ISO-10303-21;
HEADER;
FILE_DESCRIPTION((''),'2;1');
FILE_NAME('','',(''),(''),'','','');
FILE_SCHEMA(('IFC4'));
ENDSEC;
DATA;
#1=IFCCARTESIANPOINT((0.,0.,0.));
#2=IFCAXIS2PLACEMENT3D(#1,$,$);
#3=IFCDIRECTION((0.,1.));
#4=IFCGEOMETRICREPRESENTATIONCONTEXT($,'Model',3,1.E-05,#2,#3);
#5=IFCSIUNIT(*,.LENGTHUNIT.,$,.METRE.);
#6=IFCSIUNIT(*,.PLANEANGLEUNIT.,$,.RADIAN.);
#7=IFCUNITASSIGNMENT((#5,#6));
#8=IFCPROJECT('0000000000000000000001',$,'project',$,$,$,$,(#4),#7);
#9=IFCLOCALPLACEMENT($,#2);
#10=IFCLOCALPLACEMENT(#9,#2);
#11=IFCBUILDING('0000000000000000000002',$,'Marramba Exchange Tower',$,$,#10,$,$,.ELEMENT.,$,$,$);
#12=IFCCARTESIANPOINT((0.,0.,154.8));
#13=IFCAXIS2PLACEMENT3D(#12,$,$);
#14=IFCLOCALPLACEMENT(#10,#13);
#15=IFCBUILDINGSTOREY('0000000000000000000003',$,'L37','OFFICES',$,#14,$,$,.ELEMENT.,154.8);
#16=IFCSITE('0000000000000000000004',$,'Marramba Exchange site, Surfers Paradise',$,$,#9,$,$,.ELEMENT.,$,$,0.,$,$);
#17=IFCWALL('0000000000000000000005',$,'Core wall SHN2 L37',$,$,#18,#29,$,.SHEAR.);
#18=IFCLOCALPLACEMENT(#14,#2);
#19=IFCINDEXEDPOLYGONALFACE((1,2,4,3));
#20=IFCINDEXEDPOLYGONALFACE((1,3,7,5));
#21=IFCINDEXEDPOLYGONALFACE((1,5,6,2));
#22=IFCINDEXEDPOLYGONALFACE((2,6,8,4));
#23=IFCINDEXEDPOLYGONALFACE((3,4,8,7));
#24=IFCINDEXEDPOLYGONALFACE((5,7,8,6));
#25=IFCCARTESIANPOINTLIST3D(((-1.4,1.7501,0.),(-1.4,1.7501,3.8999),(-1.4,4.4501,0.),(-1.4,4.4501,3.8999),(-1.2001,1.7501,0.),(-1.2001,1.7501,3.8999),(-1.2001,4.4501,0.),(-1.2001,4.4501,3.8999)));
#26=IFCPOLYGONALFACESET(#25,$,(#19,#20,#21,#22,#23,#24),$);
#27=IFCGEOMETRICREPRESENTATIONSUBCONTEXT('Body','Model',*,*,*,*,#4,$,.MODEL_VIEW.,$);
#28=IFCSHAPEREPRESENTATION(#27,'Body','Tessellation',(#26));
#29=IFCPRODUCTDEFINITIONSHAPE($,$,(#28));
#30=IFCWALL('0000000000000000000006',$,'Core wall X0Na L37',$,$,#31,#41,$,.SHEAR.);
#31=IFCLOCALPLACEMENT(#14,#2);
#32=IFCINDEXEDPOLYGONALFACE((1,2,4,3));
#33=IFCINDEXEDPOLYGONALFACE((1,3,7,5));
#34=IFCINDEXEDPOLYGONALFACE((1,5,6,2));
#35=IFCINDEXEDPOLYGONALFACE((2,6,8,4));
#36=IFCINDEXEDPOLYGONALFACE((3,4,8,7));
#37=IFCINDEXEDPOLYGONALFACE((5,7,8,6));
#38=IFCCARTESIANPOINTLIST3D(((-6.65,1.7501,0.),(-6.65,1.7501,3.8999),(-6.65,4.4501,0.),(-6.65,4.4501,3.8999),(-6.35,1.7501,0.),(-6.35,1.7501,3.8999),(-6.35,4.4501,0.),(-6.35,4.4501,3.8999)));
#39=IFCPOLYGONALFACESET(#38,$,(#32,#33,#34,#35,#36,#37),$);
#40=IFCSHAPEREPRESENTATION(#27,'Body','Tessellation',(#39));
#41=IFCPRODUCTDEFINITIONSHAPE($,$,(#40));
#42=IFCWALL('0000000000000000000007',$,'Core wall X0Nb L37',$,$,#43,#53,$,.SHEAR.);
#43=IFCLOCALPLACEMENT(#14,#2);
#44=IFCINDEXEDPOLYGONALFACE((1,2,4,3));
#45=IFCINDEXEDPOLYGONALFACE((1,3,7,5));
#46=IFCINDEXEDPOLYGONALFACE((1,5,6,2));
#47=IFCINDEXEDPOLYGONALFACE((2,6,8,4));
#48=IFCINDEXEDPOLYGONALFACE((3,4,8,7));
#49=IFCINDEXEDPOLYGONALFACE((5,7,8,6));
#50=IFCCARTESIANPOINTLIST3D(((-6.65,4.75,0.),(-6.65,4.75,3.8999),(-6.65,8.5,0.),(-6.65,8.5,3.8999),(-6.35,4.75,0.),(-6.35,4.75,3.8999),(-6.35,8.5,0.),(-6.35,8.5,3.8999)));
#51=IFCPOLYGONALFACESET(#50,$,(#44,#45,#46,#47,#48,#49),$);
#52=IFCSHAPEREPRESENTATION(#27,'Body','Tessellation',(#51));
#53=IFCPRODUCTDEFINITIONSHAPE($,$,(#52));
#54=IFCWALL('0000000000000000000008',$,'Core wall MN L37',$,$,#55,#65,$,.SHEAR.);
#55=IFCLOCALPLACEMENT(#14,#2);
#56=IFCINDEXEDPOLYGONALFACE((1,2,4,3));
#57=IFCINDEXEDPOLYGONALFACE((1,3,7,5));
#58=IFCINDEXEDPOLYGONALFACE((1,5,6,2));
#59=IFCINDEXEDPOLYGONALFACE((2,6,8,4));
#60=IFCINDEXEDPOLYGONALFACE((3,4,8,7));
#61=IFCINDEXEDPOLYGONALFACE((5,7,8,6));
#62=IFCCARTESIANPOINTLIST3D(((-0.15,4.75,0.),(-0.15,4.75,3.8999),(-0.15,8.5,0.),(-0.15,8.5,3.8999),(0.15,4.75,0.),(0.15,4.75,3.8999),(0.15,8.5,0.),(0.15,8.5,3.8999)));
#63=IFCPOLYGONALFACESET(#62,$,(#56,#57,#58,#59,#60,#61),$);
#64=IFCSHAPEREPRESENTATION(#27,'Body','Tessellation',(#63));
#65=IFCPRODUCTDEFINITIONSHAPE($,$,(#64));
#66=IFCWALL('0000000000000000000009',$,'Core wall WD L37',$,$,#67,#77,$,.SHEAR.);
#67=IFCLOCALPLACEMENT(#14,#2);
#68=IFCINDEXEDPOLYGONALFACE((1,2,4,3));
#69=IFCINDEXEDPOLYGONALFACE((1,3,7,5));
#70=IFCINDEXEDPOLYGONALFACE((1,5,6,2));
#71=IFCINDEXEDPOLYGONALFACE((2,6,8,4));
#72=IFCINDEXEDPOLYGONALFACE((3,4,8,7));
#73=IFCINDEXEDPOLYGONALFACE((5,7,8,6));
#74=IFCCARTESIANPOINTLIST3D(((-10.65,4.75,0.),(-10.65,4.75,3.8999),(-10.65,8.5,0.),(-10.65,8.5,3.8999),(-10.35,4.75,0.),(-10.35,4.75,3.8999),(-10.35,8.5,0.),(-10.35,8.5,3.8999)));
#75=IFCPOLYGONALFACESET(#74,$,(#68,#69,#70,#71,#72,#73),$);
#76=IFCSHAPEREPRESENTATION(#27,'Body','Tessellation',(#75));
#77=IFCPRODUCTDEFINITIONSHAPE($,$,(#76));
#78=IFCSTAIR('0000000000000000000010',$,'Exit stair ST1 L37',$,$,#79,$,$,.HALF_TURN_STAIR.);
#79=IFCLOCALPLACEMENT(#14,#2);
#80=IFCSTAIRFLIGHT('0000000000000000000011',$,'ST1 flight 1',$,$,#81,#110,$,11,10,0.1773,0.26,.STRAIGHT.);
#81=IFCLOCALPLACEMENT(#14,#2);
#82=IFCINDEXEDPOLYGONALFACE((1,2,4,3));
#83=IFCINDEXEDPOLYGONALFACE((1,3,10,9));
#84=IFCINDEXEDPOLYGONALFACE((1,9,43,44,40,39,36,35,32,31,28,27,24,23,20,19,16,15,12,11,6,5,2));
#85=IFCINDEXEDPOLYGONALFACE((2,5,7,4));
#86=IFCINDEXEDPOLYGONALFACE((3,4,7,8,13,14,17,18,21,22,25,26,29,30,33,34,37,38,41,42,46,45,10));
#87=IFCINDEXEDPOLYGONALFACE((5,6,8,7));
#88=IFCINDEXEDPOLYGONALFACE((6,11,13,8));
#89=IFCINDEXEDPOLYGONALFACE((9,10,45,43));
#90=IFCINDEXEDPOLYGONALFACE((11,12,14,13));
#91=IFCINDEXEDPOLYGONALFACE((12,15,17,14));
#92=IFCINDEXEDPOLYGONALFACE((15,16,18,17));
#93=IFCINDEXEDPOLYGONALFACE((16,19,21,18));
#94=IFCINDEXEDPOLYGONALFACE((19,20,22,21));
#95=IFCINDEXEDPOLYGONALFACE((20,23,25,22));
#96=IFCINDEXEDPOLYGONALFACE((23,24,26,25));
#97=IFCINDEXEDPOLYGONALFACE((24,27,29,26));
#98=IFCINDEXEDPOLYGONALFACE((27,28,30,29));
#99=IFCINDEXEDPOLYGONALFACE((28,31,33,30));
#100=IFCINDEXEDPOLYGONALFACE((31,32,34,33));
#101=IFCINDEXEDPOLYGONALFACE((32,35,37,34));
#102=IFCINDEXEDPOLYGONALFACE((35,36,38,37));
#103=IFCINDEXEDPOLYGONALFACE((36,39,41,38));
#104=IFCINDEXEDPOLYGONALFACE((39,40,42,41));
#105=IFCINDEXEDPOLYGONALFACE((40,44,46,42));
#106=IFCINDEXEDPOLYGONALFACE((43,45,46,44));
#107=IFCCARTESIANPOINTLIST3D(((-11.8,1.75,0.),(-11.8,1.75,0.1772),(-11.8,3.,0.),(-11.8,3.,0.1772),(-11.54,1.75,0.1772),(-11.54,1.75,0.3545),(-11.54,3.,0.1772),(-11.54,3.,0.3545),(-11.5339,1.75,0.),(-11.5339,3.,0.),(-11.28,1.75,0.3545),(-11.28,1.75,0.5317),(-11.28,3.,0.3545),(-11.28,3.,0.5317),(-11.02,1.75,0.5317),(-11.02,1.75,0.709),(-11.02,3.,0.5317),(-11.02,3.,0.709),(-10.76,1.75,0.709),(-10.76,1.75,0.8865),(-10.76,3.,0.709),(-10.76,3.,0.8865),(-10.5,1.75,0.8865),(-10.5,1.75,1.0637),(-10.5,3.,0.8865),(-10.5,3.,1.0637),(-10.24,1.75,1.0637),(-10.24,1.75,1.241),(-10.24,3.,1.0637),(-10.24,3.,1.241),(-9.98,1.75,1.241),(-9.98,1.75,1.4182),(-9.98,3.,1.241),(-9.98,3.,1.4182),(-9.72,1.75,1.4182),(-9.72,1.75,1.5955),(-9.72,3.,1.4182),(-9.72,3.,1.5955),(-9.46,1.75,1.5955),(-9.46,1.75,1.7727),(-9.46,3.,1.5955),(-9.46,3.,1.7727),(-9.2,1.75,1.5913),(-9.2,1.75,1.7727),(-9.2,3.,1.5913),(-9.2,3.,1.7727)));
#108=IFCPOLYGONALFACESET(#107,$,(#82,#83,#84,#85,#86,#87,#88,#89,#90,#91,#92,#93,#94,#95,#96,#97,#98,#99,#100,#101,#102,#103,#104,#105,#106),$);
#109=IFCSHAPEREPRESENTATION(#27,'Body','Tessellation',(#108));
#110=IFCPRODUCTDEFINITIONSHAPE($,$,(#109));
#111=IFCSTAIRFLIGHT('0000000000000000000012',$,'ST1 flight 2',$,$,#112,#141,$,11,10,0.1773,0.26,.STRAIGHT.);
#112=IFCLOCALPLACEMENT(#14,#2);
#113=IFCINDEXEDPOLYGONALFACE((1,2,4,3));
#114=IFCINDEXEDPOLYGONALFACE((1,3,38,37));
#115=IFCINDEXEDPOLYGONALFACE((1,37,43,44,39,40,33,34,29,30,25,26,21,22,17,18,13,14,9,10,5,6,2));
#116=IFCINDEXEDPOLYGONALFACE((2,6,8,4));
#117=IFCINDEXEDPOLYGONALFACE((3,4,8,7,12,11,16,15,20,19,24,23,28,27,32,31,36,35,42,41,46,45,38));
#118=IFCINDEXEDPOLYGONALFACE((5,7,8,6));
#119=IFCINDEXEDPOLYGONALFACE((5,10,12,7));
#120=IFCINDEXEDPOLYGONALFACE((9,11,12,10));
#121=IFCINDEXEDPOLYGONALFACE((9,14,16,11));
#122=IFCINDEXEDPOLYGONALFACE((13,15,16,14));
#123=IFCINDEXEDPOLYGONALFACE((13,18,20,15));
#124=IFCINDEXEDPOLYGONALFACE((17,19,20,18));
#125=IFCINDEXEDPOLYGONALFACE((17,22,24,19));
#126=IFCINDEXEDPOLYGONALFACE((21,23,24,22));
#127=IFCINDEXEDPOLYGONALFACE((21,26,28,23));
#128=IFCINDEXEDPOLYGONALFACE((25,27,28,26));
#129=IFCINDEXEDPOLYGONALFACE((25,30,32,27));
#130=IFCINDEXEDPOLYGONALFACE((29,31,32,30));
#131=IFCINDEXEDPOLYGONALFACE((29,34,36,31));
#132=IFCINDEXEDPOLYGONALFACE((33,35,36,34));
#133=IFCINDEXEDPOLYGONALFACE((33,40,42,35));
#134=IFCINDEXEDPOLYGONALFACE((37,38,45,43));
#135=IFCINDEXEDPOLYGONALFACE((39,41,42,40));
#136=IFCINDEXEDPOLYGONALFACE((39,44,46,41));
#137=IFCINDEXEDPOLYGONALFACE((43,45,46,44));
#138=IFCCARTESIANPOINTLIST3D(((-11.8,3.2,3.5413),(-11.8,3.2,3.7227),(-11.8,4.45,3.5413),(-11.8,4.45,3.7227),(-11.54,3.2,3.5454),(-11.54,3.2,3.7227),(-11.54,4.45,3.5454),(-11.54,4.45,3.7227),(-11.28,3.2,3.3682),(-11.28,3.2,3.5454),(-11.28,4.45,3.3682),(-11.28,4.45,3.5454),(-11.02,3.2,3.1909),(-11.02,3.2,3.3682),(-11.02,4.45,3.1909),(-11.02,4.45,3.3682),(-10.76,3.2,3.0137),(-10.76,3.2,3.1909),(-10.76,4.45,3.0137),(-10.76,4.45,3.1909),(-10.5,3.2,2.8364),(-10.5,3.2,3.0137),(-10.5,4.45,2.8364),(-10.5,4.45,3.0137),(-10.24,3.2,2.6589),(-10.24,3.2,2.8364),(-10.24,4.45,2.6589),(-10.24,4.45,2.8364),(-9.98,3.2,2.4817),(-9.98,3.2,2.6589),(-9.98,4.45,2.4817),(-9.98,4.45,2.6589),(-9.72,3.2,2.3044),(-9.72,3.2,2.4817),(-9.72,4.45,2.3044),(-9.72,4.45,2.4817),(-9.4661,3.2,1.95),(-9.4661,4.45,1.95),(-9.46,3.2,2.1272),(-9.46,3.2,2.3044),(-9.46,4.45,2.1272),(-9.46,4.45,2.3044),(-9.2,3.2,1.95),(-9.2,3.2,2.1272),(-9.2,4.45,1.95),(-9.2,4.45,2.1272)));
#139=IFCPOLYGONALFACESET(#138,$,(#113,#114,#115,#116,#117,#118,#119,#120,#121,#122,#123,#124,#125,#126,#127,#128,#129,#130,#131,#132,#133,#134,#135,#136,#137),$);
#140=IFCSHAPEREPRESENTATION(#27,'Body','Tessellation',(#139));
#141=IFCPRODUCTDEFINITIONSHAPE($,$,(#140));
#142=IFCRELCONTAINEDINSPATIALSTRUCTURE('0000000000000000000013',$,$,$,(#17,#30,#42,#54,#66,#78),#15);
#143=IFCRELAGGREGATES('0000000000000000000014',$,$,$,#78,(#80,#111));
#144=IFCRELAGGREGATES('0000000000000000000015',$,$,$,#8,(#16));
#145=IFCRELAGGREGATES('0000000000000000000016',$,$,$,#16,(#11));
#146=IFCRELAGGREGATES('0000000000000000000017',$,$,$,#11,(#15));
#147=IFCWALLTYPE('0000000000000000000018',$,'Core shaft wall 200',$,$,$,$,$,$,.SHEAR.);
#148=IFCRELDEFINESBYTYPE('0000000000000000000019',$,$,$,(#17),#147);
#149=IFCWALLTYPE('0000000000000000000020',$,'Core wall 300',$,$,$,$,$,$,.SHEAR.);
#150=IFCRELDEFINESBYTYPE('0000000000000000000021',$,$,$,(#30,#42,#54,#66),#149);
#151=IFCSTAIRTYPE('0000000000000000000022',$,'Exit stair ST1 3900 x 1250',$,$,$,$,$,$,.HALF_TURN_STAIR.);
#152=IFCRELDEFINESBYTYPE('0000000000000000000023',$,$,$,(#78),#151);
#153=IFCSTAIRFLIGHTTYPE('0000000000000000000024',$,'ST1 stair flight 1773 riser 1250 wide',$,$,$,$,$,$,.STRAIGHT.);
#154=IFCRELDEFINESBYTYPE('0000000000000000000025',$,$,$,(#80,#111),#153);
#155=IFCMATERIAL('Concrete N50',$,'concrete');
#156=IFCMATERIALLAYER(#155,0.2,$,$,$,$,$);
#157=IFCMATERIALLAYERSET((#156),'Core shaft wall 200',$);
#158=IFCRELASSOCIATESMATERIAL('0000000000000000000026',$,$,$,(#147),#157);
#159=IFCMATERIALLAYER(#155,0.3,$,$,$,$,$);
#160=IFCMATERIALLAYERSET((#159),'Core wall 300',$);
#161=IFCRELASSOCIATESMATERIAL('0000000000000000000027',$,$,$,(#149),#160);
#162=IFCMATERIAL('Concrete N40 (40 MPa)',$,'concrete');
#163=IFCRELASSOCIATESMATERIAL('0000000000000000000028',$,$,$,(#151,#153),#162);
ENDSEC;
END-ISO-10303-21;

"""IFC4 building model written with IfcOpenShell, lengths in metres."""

from ifc_helpers import new_model, si_unit, direction, frame, frame_2d, origin, place, context, subcontext, project, spatial, polyline, rectangle, outline, extrude, material, layer, layer_set, type_object, element, aggregate, save


model = new_model("IFC4")

# Units and contexts
model_context = context("Model", 3, precision=1e-05, world=origin(), true_north=direction((0.0, 1.0)))
body_context = subcontext(model_context, "Body", "Model", "MODEL_VIEW")
ifc_project = project(units=[si_unit("LENGTHUNIT", "METRE"), si_unit("PLANEANGLEUNIT", "RADIAN")], contexts=[model_context])

# Site, building, storey
site_placement = place(None, origin())
site = spatial("IfcSite", under=ifc_project, at=site_placement, Name="Marramba Exchange site, Surfers Paradise", CompositionType="ELEMENT", RefElevation=0.0)
building_placement = place(site_placement, origin())
building = spatial("IfcBuilding", under=site, at=building_placement, Name="Marramba Exchange Tower", CompositionType="ELEMENT")
storey_placement = place(building_placement, frame((0.0, 0.0, 154.8)))
storey = spatial("IfcBuildingStorey", under=building, at=storey_placement, Name="L37", Description="OFFICES", CompositionType="ELEMENT", Elevation=154.8)

# Shared definitions
ifc_material_1 = material(Name="Concrete N50", Category="concrete")

# Walls
ifc_layer_1 = layer(ifc_material_1, 0.2)
ifc_layer_set_1 = layer_set([ifc_layer_1], Name="Core shaft wall 200")
wall_type_1 = type_object("IfcWallType", Name="Core shaft wall 200", PredefinedType="SHEAR", material=ifc_layer_set_1)
for number, where, z_axis, x_axis, name in (
    (1, (-1.3, 1.75, 0.0), (0.0, 0.0, 1.0), (0.0, 1.0, 0.0), "Core wall SHN2 L37"),
):
    element("IfcWall", number, at=place(storey_placement, frame(where, z_axis=z_axis, x_axis=x_axis)), inside=storey, type_object=wall_type_1, Name=name, PredefinedType="SHEAR", context=body_context, shape_type="SweptSolid", body=[
        extrude(rectangle(XDim=2.7, YDim=0.2, at=frame_2d((1.3501, 0.0))), origin(), (0.0, 0.0, 1.0), 3.8999),
    ])
ifc_layer_2 = layer(ifc_material_1, 0.3)
ifc_layer_set_2 = layer_set([ifc_layer_2], Name="Core wall 300")
wall_type_2 = type_object("IfcWallType", Name="Core wall 300", PredefinedType="SHEAR", material=ifc_layer_set_2)
wall_1_placement = place(storey_placement, frame((-6.5, 1.75, 0.0), z_axis=(0.0, 0.0, 1.0), x_axis=(0.0, 1.0, 0.0)))
element("IfcWall", 2, at=wall_1_placement, inside=storey, type_object=wall_type_2, Name="Core wall X0Na L37", PredefinedType="SHEAR", context=body_context, shape_type="SweptSolid", body=[
    extrude(rectangle(XDim=2.7, YDim=0.3, at=frame_2d((1.3501, 0.0))), origin(), (0.0, 0.0, 1.0), 3.8999),
])
for number, where, z_axis, x_axis, name in (
    (3, (-6.5, 4.75, 0.0), (0.0, 0.0, 1.0), (0.0, 1.0, 0.0), "Core wall X0Nb L37"),
    (4, (0.0, 4.75, 0.0), (0.0, 0.0, 1.0), (0.0, 1.0, 0.0), "Core wall MN L37"),
    (5, (-10.5, 4.75, 0.0), (0.0, 0.0, 1.0), (0.0, 1.0, 0.0), "Core wall WD L37"),
):
    element("IfcWall", number, at=place(storey_placement, frame(where, z_axis=z_axis, x_axis=x_axis)), inside=storey, type_object=wall_type_2, Name=name, PredefinedType="SHEAR", context=body_context, shape_type="SweptSolid", body=[
        extrude(rectangle(XDim=3.75, YDim=0.3, at=frame_2d((1.875, 0.0))), origin(), (0.0, 0.0, 1.0), 3.8999),
    ])

# Stair, stair flights
ifc_material_2 = material(Name="Concrete N40 (40 MPa)", Category="concrete")
stair_type = type_object("IfcStairType", Name="Exit stair ST1 3900 x 1250", PredefinedType="HALF_TURN_STAIR", material=ifc_material_2)
stair_placement = place(storey_placement, origin())
stair = element("IfcStair", 6, at=stair_placement, inside=storey, type_object=stair_type, Name="Exit stair ST1 L37", PredefinedType="HALF_TURN_STAIR")
stair_flight_type = type_object("IfcStairFlightType", Name="ST1 stair flight 1773 riser 1250 wide", PredefinedType="STRAIGHT", material=ifc_material_2)
stair_flight_1_placement = place(storey_placement, frame((-11.8, 2.375, 0.0), z_axis=(0.0, 0.0, 1.0), x_axis=(1.0, 0.0, 0.0)))
stair_flight_1 = element("IfcStairFlight", 7, at=stair_flight_1_placement, type_object=stair_flight_type, Name="ST1 flight 1", NumberOfRisers=11, NumberOfTreads=10, PredefinedType="STRAIGHT", RiserHeight=0.1773, TreadLength=0.26, context=body_context, shape_type="SweptSolid", body=[
    extrude(outline(polyline([(0.0, 0.0), (0.0, 0.1772), (0.26, 0.1772), (0.26, 0.3545), (0.52, 0.3545), (0.52, 0.5317), (0.78, 0.5317), (0.78, 0.709), (1.04, 0.709), (1.04, 0.8865), (1.3, 0.8865), (1.3, 1.0637), (1.5601, 1.0637), (1.5601, 1.241), (1.8201, 1.241), (1.8201, 1.4182), (2.0801, 1.4182), (2.0801, 1.5955), (2.3401, 1.5955), (2.3401, 1.7727), (2.6001, 1.7727), (2.6001, 1.95), (2.6001, 1.5913), (0.2661, 0.0), (0.0, 0.0)])), frame((0.0, 0.625, 0.0), z_axis=(0.0, -1.0, 0.0), x_axis=(1.0, 0.0, 0.0)), (0.0, 0.0, 1.0), 1.25),
])
stair_flight_2_placement = place(storey_placement, frame((-9.2, 3.825, 1.95), z_axis=(0.0, 0.0, 1.0), x_axis=(-1.0, 0.0, 0.0)))
stair_flight_2 = element("IfcStairFlight", 8, at=stair_flight_2_placement, type_object=stair_flight_type, Name="ST1 flight 2", NumberOfRisers=11, NumberOfTreads=10, PredefinedType="STRAIGHT", RiserHeight=0.1773, TreadLength=0.26, context=body_context, shape_type="SweptSolid", body=[
    extrude(outline(polyline([(0.0, 0.0), (0.0, 0.1772), (0.26, 0.1772), (0.26, 0.3545), (0.52, 0.3545), (0.52, 0.5317), (0.78, 0.5317), (0.78, 0.709), (1.04, 0.709), (1.04, 0.8865), (1.3, 0.8865), (1.3, 1.0637), (1.5601, 1.0637), (1.5601, 1.241), (1.8201, 1.241), (1.8201, 1.4182), (2.0801, 1.4182), (2.0801, 1.5955), (2.3401, 1.5955), (2.3401, 1.7727), (2.6001, 1.7727), (2.6001, 1.95), (2.6001, 1.5913), (0.2661, 0.0), (0.0, 0.0)])), frame((0.0, 0.625, 0.0), z_axis=(0.0, -1.0, 0.0), x_axis=(1.0, 0.0, 0.0)), (0.0, 0.0, 1.0), 1.25),
])
aggregate(stair, [stair_flight_1, stair_flight_2])

save(model, "model.ifc")
